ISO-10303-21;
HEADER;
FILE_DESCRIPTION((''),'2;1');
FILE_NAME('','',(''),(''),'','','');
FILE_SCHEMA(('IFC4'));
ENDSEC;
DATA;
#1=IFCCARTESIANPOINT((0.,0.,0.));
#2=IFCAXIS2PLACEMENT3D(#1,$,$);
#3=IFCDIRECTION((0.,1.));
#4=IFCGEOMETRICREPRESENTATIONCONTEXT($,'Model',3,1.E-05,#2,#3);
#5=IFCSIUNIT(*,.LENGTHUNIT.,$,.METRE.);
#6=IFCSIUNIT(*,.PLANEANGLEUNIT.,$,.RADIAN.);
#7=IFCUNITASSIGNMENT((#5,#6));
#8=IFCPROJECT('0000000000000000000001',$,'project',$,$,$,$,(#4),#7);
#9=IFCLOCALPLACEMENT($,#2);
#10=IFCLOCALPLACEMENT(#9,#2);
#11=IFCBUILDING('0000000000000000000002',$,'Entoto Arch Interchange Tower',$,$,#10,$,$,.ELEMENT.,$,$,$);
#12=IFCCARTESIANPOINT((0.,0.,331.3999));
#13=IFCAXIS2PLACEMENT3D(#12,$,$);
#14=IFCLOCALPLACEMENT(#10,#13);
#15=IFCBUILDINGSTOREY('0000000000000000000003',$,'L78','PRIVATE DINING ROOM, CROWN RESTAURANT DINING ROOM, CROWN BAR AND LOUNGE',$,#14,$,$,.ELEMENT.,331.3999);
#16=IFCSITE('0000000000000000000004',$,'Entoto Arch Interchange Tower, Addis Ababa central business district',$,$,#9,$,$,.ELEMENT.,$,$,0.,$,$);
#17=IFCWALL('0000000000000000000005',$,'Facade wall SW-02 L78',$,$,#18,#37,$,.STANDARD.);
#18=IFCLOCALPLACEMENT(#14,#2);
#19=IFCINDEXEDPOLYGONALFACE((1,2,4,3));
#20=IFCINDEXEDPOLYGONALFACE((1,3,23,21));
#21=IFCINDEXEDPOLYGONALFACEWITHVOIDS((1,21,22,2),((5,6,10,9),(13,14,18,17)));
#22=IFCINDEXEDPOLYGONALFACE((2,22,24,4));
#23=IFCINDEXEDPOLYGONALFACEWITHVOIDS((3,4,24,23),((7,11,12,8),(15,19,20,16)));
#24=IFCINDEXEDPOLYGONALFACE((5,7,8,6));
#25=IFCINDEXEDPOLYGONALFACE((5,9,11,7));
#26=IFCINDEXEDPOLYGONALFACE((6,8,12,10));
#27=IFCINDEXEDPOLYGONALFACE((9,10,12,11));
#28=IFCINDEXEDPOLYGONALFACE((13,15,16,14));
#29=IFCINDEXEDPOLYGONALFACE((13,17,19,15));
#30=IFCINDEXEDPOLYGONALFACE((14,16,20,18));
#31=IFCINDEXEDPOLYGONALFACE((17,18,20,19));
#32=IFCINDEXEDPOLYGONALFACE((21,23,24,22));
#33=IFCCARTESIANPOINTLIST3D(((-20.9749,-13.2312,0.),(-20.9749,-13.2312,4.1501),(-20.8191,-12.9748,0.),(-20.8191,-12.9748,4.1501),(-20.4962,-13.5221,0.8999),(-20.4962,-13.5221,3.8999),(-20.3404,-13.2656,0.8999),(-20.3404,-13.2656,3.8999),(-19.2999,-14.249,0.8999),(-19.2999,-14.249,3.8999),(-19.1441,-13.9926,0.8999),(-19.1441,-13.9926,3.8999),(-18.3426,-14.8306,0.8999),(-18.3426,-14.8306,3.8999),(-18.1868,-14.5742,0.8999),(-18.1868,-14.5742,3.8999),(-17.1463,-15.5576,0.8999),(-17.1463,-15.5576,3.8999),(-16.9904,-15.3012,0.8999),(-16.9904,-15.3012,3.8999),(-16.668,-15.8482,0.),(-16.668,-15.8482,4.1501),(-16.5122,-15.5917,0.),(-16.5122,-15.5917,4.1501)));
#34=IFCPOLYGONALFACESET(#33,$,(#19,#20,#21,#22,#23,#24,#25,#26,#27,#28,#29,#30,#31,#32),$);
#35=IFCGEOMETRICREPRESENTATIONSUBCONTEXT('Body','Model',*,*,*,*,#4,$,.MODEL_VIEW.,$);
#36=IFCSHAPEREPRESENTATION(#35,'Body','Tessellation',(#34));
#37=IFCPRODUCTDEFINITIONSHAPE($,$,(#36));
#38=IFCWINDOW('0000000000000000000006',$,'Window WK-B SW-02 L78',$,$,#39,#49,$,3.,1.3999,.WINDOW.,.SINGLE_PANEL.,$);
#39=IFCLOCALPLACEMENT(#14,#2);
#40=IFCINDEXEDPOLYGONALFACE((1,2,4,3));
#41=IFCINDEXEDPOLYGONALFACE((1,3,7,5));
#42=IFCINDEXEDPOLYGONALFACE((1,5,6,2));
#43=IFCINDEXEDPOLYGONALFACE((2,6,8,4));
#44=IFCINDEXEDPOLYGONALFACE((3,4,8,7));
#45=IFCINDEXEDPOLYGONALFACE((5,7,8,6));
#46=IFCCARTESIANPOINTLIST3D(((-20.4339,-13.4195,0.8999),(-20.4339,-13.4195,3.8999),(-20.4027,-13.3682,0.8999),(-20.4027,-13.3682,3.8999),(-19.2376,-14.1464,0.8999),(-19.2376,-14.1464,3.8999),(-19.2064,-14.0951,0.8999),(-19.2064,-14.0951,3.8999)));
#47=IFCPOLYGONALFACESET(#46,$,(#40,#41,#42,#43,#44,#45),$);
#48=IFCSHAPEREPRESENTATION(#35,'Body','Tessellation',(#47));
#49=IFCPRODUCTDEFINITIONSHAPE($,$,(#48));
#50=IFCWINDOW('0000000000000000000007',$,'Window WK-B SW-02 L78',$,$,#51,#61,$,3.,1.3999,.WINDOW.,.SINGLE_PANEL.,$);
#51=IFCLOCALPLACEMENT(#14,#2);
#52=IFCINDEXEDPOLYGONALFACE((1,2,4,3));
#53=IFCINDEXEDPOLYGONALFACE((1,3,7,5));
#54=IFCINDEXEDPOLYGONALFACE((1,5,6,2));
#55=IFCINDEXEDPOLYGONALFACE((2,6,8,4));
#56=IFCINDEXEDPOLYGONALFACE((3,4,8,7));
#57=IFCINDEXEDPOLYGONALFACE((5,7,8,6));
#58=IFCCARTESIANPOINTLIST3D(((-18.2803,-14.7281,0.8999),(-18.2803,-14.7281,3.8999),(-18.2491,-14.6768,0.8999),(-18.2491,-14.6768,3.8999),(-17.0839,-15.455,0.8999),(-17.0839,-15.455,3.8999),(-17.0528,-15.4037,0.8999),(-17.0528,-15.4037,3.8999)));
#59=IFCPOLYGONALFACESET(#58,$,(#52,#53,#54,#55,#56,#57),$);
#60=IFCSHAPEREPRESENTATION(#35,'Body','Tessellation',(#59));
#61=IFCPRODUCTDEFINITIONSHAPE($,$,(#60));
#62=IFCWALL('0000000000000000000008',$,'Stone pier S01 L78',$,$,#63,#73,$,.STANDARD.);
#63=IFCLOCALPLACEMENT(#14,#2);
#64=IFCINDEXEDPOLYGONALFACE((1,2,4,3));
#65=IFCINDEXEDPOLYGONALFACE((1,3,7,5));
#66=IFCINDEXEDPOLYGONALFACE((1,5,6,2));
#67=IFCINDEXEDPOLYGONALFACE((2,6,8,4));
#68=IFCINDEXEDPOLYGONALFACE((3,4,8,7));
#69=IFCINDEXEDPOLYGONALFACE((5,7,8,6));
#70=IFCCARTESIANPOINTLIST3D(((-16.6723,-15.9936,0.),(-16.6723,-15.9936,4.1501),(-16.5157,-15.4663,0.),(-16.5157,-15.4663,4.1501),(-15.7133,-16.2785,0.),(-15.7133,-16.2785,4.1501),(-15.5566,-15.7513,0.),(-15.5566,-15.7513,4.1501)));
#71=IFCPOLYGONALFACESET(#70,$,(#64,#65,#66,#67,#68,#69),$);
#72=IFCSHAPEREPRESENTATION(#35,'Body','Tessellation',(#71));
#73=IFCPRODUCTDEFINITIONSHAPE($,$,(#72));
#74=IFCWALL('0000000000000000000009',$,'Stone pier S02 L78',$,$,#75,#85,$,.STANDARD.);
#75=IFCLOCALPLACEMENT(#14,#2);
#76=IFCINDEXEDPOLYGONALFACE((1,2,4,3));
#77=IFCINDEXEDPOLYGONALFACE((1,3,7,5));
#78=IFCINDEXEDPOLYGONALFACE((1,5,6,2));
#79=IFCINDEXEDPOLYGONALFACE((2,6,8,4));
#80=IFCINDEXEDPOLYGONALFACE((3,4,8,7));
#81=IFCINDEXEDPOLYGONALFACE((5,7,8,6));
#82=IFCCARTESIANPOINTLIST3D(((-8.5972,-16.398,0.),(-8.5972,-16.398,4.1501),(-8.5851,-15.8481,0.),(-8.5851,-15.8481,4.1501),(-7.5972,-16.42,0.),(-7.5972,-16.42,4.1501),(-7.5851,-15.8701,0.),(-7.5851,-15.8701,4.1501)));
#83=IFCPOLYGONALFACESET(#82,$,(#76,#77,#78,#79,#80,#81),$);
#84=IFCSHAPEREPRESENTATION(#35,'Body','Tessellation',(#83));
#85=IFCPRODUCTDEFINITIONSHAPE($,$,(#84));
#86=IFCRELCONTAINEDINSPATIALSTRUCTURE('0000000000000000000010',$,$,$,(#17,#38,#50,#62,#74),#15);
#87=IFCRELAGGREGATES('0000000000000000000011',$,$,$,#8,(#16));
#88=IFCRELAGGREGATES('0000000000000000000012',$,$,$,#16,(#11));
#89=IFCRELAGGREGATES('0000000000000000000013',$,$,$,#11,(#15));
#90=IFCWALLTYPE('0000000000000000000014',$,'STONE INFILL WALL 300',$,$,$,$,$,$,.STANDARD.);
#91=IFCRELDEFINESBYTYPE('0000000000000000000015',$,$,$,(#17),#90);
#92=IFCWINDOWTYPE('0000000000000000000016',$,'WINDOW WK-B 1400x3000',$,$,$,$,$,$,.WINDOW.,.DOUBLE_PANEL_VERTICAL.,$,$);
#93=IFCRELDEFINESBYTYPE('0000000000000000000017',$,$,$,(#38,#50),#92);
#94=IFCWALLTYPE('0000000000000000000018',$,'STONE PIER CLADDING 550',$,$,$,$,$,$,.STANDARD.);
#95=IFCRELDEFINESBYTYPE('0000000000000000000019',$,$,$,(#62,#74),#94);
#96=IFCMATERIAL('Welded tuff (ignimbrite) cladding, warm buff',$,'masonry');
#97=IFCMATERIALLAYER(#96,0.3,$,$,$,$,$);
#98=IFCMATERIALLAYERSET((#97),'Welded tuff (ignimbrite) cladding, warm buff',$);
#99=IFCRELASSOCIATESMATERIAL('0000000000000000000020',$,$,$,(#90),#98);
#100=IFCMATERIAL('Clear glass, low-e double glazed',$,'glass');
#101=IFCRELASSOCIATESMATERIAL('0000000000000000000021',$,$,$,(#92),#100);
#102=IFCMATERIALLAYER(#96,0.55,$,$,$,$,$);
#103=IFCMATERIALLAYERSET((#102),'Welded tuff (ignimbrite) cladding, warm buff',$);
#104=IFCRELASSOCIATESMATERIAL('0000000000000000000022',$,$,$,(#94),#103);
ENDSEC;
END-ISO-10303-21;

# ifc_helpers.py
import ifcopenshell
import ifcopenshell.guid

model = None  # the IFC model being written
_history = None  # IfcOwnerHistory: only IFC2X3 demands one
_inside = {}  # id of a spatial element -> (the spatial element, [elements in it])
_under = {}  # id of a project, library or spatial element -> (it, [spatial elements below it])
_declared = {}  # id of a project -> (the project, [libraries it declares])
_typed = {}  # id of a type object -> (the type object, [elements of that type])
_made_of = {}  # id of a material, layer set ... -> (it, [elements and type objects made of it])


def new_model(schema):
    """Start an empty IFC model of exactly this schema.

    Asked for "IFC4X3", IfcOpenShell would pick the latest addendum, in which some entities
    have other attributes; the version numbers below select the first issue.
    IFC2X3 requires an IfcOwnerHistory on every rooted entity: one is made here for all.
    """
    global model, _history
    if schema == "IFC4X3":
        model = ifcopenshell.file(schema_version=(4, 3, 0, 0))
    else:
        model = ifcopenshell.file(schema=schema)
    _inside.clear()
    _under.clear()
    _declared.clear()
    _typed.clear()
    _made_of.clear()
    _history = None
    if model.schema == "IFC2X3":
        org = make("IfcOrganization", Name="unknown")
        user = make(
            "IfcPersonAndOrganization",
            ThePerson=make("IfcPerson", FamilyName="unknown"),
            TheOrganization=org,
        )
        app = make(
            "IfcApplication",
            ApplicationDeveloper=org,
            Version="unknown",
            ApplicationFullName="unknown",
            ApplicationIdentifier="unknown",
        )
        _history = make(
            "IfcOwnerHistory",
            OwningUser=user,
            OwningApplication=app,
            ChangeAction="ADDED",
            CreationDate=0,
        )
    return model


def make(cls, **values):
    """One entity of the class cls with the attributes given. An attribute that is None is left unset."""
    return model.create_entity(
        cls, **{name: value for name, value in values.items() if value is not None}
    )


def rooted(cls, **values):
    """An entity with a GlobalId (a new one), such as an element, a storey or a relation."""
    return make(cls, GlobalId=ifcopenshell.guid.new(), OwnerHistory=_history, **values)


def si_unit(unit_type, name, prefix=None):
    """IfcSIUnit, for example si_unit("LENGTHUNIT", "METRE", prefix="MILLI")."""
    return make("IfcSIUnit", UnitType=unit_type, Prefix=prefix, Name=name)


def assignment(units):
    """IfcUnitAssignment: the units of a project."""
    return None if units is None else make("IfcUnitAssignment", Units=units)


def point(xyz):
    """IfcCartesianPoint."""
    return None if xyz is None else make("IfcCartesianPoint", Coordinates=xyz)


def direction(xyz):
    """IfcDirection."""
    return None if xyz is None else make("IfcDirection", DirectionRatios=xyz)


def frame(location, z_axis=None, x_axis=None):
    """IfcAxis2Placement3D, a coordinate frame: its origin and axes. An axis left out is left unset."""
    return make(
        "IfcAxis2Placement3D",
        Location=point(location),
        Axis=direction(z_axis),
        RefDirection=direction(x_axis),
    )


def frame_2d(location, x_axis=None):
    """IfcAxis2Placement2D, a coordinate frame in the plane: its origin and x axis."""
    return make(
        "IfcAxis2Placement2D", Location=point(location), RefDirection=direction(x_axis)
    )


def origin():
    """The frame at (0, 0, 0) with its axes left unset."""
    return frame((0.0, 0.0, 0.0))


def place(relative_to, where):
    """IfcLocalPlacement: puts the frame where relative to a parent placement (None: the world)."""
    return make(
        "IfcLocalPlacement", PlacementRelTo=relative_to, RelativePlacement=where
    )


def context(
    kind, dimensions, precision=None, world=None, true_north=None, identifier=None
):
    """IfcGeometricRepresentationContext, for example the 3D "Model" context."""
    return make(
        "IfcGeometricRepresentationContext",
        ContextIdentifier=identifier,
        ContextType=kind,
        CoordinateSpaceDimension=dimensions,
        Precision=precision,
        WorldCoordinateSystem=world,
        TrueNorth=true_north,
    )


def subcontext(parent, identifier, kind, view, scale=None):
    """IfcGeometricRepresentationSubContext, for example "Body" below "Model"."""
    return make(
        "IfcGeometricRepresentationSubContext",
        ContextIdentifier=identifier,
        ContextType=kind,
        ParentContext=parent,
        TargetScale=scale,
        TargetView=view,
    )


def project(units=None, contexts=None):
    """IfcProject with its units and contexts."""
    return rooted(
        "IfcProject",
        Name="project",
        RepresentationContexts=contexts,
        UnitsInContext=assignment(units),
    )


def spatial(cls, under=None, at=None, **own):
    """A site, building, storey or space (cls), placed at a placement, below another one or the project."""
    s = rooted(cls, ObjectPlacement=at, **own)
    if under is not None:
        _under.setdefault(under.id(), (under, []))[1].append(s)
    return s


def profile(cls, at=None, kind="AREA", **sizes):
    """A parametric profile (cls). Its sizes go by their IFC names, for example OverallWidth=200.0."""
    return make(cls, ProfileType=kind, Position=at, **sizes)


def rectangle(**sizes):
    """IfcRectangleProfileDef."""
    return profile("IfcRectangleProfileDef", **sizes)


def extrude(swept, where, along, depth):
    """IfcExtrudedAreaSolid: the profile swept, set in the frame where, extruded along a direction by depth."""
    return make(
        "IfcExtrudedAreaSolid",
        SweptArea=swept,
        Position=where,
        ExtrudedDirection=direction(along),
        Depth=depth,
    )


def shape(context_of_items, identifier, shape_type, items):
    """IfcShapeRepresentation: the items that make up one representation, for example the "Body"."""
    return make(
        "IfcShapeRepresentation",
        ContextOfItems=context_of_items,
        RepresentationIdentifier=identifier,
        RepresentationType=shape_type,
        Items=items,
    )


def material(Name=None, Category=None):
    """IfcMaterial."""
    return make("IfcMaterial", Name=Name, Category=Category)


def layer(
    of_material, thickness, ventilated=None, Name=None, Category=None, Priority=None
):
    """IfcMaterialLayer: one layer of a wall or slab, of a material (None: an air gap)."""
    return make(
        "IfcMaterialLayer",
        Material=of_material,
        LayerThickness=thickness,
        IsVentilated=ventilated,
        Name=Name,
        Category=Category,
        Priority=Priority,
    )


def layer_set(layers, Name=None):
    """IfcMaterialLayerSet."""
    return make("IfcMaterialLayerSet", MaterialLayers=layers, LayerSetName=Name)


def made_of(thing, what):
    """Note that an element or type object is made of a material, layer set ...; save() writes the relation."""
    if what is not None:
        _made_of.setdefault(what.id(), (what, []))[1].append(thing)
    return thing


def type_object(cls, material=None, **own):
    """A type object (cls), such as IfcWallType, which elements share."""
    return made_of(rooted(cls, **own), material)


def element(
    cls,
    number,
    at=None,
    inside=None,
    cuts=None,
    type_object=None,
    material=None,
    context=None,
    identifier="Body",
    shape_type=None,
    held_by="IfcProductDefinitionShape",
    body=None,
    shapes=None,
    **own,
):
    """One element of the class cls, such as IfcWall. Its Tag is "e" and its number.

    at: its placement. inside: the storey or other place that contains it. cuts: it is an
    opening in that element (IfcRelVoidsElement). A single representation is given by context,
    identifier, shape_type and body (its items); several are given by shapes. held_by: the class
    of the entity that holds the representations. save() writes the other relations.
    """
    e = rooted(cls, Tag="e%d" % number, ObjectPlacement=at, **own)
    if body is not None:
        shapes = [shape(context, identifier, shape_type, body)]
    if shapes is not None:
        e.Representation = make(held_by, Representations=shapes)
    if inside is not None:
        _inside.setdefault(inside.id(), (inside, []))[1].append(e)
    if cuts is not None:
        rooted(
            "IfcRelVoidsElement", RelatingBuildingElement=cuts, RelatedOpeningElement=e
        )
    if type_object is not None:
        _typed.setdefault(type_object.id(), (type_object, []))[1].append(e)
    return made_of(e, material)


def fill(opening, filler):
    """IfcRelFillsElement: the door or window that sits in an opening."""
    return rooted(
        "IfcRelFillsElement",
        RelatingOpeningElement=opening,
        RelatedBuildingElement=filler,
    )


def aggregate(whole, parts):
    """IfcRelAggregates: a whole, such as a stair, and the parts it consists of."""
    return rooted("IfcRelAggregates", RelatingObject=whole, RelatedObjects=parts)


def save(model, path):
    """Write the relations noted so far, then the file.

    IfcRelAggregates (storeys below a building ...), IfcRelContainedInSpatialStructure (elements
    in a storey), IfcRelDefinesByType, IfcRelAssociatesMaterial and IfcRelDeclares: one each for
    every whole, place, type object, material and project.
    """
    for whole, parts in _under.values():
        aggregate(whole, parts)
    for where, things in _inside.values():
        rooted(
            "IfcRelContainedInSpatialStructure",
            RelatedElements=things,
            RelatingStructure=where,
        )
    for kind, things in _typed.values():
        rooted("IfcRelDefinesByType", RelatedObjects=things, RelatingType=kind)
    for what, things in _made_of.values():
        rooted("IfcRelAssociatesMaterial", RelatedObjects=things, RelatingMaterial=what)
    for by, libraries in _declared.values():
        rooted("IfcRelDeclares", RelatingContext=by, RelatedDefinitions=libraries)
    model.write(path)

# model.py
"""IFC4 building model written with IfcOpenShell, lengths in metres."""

from ifc_helpers import new_model, si_unit, direction, frame, frame_2d, origin, place, context, subcontext, project, spatial, rectangle, extrude, material, layer, layer_set, type_object, element, fill, save


model = new_model("IFC4")

# Units and contexts
model_context = context("Model", 3, precision=1e-05, world=origin(), true_north=direction((0.0, 1.0)))
body_context = subcontext(model_context, "Body", "Model", "MODEL_VIEW")
ifc_project = project(units=[si_unit("LENGTHUNIT", "METRE"), si_unit("PLANEANGLEUNIT", "RADIAN")], contexts=[model_context])

# Site, building, storey
site_placement = place(None, origin())
site = spatial("IfcSite", under=ifc_project, at=site_placement, Name="Entoto Arch Interchange Tower, Addis Ababa central business district", CompositionType="ELEMENT", RefElevation=0.0)
building_placement = place(site_placement, origin())
building = spatial("IfcBuilding", under=site, at=building_placement, Name="Entoto Arch Interchange Tower", CompositionType="ELEMENT")
storey_placement = place(building_placement, frame((0.0, 0.0, 331.3999)))
storey = spatial("IfcBuildingStorey", under=building, at=storey_placement, Name="L78", Description="PRIVATE DINING ROOM, CROWN RESTAURANT DINING ROOM, CROWN BAR AND LOUNGE", CompositionType="ELEMENT", Elevation=331.3999)

# Shared definitions
ifc_material_1 = material(Name="Welded tuff (ignimbrite) cladding, warm buff", Category="masonry")
ifc_layer_1 = layer(ifc_material_1, 0.3)
ifc_layer_set_1 = layer_set([ifc_layer_1], Name="Welded tuff (ignimbrite) cladding, warm buff")
wall_type_1 = type_object("IfcWallType", Name="STONE INFILL WALL 300", PredefinedType="STANDARD", material=ifc_layer_set_1)
ifc_material_2 = material(Name="Clear glass, low-e double glazed", Category="glass")

# Wall, openings, windows
wall_1_placement = place(storey_placement, frame((-20.897, -13.103, 0.0), z_axis=(0.0, 0.0, 1.0), x_axis=(0.854607, -0.519275, 0.0)))
wall_1 = element("IfcWall", 1, at=wall_1_placement, inside=storey, type_object=wall_type_1, Name="Facade wall SW-02 L78", PredefinedType="STANDARD", context=body_context, shape_type="SweptSolid", body=[
    extrude(rectangle(XDim=5.0396, YDim=0.3, at=frame_2d((2.5198, 0.0))), origin(), (0.0, 0.0, 1.0), 4.1501),
])
opening_1_placement = place(wall_1_placement, frame((0.5601, 0.0, 0.8999)))
opening_1 = element("IfcOpeningElement", 2, at=opening_1_placement, cuts=wall_1, PredefinedType="OPENING", context=body_context, shape_type="SweptSolid", body=[
    extrude(rectangle(XDim=1.3999, YDim=3.0, at=frame_2d((0.7, 1.5))), frame((0.0, 0.1602, 0.0), z_axis=(0.0, -1.0, 0.0), x_axis=(1.0, 0.0, 0.0)), (0.0, 0.0, 1.0), 0.3201),
])
opening_2_placement = place(wall_1_placement, frame((3.0801, 0.0, 0.8999)))
opening_2 = element("IfcOpeningElement", 3, at=opening_2_placement, cuts=wall_1, PredefinedType="OPENING", context=body_context, shape_type="SweptSolid", body=[
    extrude(rectangle(XDim=1.3999, YDim=3.0, at=frame_2d((0.7, 1.5))), frame((0.0, 0.1602, 0.0), z_axis=(0.0, -1.0, 0.0), x_axis=(1.0, 0.0, 0.0)), (0.0, 0.0, 1.0), 0.3201),
])
window_type_1 = type_object("IfcWindowType", Name="WINDOW WK-B 1400x3000", PartitioningType="DOUBLE_PANEL_VERTICAL", PredefinedType="WINDOW", material=ifc_material_2)
window_1_placement = place(opening_1_placement, origin())
window_1 = element("IfcWindow", 4, at=window_1_placement, inside=storey, type_object=window_type_1, Name="Window WK-B SW-02 L78", OverallHeight=3.0, OverallWidth=1.3999, PartitioningType="SINGLE_PANEL", PredefinedType="WINDOW", context=body_context, shape_type="SweptSolid", body=[
    extrude(rectangle(XDim=1.3999, YDim=3.0, at=frame_2d((0.7, 1.5))), frame((0.0, 0.03, 0.0), z_axis=(0.0, -1.0, 0.0), x_axis=(1.0, 0.0, 0.0)), (0.0, 0.0, 1.0), 0.0601),
])
fill(opening_1, window_1)
window_2_placement = place(opening_2_placement, origin())
window_2 = element("IfcWindow", 5, at=window_2_placement, inside=storey, type_object=window_type_1, Name="Window WK-B SW-02 L78", OverallHeight=3.0, OverallWidth=1.3999, PartitioningType="SINGLE_PANEL", PredefinedType="WINDOW", context=body_context, shape_type="SweptSolid", body=[
    extrude(rectangle(XDim=1.3999, YDim=3.0, at=frame_2d((0.7, 1.5))), frame((0.0, 0.03, 0.0), z_axis=(0.0, -1.0, 0.0), x_axis=(1.0, 0.0, 0.0)), (0.0, 0.0, 1.0), 0.0601),
])
fill(opening_2, window_2)

# Walls
ifc_layer_2 = layer(ifc_material_1, 0.55)
ifc_layer_set_2 = layer_set([ifc_layer_2], Name="Welded tuff (ignimbrite) cladding, warm buff")
wall_type_2 = type_object("IfcWallType", Name="STONE PIER CLADDING 550", PredefinedType="STANDARD", material=ifc_layer_set_2)
wall_2_placement = place(storey_placement, frame((-16.594, -15.73, 0.0), z_axis=(0.0, 0.0, 1.0), x_axis=(0.958589, -0.284795, 0.0)))
element("IfcWall", 6, at=wall_2_placement, inside=storey, type_object=wall_type_2, Name="Stone pier S01 L78", PredefinedType="STANDARD", context=body_context, shape_type="SweptSolid", body=[
    extrude(rectangle(XDim=1.0005, YDim=0.55, at=frame_2d((0.5002, 0.0))), origin(), (0.0, 0.0, 1.0), 4.1501),
])
wall_3_placement = place(storey_placement, frame((-8.5911, -16.123, 0.0), z_axis=(0.0, 0.0, 1.0), x_axis=(0.999759, -0.021967, 0.0)))
element("IfcWall", 7, at=wall_3_placement, inside=storey, type_object=wall_type_2, Name="Stone pier S02 L78", PredefinedType="STANDARD", context=body_context, shape_type="SweptSolid", body=[
    extrude(rectangle(XDim=1.0002, YDim=0.55, at=frame_2d((0.5, 0.0))), origin(), (0.0, 0.0, 1.0), 4.1501),
])

save(model, "model.ifc")
